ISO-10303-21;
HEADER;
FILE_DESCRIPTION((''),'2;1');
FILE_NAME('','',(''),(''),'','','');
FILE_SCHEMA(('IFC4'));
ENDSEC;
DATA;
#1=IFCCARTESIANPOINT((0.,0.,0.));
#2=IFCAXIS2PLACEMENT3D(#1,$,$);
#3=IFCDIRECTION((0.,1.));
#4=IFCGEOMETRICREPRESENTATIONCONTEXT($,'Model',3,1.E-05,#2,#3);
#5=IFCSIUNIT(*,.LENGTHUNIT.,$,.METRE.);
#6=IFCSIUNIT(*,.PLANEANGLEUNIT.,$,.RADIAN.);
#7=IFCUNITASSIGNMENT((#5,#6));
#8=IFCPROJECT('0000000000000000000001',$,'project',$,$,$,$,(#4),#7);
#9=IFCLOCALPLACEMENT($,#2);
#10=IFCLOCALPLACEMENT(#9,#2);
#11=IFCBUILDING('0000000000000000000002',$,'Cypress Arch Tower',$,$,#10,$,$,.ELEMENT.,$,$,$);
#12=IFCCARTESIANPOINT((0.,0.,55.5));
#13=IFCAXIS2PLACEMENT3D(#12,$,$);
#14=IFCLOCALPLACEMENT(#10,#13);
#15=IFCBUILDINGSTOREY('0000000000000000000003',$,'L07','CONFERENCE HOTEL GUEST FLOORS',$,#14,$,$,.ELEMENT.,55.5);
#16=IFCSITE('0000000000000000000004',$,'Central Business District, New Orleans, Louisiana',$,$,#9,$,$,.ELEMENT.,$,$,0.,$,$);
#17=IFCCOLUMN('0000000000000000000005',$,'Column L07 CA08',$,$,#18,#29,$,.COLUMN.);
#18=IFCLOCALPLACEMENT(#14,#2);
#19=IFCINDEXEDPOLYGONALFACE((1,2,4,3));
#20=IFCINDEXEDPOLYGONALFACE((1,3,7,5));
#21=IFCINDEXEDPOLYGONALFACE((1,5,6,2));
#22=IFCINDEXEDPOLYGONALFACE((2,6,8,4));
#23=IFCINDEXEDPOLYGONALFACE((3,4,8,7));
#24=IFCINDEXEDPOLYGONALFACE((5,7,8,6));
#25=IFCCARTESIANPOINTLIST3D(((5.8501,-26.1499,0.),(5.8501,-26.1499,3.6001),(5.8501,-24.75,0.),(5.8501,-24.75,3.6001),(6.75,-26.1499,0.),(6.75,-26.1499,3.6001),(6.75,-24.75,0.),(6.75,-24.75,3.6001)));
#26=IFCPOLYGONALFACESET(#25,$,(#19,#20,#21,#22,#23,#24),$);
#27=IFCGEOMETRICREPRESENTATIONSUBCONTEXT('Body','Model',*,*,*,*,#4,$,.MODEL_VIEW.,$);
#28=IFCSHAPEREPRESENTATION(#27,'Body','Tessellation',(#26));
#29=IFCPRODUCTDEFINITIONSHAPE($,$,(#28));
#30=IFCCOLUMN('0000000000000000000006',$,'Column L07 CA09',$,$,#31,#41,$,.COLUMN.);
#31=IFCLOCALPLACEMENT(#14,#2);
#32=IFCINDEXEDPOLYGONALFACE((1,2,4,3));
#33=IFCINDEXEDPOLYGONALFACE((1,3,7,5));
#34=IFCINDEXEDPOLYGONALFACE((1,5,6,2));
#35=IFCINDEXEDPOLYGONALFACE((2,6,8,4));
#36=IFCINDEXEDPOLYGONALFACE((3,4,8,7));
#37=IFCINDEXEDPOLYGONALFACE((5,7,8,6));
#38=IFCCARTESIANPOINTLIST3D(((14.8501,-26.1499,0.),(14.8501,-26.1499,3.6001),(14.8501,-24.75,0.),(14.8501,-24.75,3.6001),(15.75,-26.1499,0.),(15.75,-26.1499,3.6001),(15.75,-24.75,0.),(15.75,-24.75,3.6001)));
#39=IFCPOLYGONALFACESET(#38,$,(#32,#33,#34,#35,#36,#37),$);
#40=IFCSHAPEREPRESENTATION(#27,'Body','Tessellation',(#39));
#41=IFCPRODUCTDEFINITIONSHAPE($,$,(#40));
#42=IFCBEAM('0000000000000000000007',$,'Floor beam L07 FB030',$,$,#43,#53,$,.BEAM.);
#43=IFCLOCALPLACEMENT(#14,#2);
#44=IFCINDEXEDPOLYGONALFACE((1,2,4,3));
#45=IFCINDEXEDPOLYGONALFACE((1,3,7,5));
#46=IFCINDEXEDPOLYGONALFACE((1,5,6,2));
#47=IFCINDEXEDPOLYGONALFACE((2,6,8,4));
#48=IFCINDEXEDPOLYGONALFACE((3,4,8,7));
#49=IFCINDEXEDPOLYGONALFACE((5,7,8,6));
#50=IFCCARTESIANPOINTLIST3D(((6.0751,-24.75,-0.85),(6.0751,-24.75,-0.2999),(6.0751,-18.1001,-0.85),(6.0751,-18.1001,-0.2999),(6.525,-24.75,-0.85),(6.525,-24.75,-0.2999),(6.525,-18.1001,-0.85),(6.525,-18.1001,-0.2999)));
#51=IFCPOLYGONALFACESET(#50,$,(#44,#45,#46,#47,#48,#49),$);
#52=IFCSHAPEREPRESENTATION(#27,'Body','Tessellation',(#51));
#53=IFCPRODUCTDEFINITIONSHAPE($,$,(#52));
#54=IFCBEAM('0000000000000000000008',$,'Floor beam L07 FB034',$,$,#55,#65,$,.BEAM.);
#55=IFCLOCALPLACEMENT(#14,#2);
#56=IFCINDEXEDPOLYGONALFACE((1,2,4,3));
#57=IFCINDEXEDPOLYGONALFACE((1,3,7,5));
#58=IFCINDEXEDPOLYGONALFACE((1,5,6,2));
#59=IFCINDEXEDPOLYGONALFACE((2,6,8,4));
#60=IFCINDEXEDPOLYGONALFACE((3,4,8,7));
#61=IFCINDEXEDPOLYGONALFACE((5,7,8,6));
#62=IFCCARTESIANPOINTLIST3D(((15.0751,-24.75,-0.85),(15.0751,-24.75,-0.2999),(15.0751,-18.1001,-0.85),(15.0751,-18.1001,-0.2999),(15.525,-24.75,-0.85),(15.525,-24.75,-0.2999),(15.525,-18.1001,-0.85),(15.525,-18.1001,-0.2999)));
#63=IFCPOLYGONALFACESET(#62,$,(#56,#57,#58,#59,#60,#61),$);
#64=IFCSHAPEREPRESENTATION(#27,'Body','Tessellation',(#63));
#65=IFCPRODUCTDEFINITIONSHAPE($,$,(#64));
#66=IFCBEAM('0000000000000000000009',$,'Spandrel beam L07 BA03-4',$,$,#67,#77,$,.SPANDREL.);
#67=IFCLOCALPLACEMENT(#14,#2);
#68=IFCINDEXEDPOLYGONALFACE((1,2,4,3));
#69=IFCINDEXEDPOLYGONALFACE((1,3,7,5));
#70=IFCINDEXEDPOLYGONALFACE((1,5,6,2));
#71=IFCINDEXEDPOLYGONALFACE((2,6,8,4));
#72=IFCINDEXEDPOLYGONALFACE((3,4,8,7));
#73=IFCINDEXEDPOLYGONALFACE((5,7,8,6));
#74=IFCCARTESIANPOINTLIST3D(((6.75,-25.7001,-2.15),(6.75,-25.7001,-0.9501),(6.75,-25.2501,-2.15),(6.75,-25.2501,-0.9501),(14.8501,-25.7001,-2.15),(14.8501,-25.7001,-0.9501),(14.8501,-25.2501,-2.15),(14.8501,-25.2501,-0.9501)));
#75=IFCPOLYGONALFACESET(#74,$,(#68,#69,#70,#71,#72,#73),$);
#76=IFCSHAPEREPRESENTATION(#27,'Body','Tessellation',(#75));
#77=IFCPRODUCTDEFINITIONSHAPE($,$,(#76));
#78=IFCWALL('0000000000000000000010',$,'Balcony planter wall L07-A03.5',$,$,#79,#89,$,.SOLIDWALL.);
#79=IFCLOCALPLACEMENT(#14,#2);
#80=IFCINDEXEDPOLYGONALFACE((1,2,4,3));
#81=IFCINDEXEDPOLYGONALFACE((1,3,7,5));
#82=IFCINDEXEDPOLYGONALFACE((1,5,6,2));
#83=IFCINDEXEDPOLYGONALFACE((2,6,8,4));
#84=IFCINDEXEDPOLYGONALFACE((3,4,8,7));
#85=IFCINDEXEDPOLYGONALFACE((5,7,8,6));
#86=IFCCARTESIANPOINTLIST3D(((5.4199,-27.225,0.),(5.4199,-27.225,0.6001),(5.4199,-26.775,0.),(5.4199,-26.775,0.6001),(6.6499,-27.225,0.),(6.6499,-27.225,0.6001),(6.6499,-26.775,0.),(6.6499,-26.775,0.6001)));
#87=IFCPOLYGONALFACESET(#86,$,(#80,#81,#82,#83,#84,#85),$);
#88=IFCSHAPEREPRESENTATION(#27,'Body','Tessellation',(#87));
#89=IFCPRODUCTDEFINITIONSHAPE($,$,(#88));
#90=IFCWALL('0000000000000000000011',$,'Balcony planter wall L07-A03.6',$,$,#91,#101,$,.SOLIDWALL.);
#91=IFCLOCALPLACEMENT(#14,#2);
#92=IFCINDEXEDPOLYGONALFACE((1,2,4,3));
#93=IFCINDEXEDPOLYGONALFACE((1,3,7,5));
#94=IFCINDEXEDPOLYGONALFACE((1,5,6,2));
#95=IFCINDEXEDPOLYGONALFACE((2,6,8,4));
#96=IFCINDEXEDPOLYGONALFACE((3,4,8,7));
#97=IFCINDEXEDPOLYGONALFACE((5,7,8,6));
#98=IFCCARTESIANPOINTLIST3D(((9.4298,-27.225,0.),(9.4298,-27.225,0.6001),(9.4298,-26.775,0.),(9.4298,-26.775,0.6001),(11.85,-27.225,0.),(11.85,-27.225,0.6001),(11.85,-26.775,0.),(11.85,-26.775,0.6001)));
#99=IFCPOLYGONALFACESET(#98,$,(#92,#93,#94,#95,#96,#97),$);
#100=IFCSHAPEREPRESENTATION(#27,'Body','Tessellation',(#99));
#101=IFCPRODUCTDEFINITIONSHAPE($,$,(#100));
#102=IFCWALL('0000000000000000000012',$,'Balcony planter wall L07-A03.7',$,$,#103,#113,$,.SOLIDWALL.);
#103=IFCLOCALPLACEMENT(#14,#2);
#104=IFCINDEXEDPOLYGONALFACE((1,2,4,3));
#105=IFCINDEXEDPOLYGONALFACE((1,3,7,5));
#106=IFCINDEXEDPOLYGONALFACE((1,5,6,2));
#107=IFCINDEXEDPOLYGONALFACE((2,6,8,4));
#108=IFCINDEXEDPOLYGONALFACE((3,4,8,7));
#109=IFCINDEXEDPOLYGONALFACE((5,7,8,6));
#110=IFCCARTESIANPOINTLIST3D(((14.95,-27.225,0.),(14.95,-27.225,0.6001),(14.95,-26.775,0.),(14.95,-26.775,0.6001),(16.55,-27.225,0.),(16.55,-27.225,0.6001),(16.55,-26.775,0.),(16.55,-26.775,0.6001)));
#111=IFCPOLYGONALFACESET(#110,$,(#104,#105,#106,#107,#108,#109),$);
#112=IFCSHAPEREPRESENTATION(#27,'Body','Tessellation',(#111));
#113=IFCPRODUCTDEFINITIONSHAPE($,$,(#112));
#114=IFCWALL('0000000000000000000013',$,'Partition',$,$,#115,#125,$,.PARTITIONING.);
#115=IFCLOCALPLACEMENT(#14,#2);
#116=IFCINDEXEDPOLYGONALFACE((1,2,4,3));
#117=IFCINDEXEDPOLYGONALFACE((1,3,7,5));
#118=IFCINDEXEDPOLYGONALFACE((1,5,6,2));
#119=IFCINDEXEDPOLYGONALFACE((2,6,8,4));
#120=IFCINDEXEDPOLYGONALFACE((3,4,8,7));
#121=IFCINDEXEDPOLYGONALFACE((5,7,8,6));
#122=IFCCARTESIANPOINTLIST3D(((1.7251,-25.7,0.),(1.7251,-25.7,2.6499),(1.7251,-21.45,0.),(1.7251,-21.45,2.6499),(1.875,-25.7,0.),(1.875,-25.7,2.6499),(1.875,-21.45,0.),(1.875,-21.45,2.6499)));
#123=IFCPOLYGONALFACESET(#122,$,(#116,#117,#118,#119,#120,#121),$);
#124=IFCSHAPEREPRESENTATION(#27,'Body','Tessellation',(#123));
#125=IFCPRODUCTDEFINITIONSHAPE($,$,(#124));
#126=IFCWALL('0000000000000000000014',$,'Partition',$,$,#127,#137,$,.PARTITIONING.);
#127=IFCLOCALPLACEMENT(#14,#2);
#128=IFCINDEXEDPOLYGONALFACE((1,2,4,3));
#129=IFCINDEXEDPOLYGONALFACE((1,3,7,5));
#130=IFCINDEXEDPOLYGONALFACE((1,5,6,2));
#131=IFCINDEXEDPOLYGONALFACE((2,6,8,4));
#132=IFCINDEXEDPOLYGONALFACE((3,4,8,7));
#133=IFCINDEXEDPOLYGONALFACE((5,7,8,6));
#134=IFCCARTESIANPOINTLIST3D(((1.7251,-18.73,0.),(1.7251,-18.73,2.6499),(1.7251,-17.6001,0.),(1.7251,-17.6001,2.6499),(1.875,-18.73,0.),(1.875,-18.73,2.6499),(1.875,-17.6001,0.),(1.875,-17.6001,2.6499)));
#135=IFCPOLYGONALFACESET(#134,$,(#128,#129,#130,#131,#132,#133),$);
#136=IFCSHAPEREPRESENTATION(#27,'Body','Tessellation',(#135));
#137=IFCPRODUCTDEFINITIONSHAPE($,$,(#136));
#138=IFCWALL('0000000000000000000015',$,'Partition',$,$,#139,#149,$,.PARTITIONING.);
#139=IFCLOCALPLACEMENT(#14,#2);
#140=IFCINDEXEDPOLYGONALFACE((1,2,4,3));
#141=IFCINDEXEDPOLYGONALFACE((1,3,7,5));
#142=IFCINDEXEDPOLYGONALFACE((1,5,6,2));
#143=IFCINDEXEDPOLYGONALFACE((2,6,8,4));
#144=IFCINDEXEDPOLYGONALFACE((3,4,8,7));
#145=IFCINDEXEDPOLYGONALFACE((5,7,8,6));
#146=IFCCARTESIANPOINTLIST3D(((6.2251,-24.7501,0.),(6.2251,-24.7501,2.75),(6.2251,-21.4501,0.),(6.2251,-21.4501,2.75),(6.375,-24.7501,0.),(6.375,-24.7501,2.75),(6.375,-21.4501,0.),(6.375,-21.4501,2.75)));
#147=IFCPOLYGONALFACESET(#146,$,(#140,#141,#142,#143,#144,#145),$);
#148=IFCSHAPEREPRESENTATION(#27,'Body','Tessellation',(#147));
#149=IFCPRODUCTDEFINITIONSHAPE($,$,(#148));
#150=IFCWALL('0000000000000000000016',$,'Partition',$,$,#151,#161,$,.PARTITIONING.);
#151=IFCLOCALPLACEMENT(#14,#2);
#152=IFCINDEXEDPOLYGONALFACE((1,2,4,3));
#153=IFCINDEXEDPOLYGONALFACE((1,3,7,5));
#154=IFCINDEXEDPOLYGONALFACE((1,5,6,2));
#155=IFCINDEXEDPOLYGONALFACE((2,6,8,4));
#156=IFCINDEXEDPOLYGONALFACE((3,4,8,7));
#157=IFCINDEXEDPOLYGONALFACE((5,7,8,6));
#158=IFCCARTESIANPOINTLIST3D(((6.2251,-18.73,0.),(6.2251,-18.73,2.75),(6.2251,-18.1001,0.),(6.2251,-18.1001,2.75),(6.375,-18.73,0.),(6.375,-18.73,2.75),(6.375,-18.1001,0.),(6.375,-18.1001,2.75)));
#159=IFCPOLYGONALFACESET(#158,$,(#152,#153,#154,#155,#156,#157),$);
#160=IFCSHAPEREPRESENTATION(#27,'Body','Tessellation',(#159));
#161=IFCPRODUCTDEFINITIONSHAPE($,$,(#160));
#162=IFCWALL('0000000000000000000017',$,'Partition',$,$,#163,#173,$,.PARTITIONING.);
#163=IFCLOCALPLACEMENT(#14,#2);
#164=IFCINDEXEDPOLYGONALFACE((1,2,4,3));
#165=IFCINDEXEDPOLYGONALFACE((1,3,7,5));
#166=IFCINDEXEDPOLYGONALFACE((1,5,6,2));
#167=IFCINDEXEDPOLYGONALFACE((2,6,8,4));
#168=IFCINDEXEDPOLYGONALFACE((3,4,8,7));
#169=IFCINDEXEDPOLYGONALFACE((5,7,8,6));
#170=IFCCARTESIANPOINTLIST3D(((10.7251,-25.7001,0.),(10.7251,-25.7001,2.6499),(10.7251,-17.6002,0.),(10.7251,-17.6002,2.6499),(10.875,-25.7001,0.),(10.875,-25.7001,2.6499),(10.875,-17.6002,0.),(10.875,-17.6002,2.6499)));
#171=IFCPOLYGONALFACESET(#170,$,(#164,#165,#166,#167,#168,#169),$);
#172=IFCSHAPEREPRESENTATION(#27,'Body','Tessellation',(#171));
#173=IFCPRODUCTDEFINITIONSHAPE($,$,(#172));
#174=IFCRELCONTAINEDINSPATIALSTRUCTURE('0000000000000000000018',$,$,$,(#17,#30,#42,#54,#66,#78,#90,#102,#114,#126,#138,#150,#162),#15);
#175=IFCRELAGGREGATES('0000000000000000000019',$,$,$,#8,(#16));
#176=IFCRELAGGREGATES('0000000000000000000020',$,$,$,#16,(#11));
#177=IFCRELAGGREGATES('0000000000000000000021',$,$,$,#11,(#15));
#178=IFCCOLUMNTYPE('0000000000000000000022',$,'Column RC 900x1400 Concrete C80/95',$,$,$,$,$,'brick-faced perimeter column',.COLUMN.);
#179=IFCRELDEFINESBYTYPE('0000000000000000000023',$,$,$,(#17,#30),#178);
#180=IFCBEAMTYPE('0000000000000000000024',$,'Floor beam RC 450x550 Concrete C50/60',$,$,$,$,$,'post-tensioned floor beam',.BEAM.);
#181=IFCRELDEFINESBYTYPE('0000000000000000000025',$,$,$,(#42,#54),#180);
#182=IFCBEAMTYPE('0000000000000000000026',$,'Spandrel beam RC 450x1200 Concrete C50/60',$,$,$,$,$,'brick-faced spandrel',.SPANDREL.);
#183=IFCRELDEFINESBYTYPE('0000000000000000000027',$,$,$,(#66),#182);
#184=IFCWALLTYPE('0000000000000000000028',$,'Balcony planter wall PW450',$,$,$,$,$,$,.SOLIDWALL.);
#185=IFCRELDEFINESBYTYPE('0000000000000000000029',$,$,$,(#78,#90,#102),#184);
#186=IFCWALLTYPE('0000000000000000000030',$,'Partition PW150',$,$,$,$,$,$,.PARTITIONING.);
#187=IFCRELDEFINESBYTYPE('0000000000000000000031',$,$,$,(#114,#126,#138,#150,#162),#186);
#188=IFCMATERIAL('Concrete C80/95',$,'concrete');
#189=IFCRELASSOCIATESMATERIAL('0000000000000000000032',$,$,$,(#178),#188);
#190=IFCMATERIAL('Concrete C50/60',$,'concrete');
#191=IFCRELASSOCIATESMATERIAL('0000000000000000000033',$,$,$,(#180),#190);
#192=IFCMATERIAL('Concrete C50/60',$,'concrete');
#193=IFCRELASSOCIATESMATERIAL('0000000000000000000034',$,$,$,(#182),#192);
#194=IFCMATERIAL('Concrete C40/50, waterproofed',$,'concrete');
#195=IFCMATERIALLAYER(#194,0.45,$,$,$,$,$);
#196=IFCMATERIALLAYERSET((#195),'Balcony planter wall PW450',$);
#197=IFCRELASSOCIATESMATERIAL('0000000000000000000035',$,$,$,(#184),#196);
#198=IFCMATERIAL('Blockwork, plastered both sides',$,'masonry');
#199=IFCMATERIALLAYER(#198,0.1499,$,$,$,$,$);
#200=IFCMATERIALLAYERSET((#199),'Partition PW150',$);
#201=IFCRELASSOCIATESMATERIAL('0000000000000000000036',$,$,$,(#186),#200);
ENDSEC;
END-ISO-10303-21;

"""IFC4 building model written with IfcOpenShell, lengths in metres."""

from ifc_helpers import new_model, si_unit, direction, frame, frame_2d, origin, origin_2d, place, context, subcontext, project, spatial, rectangle, extrude, material, layer, layer_set, material_profile, profile_set, type_object, element, save


model = new_model("IFC4")

# Units and contexts
model_context = context("Model", 3, precision=1e-05, world=origin(), true_north=direction((0.0, 1.0)))
body_context = subcontext(model_context, "Body", "Model", "MODEL_VIEW")
ifc_project = project(units=[si_unit("LENGTHUNIT", "METRE"), si_unit("PLANEANGLEUNIT", "RADIAN")], contexts=[model_context])

# Site, building, storey
site_placement = place(None, origin())
site = spatial("IfcSite", under=ifc_project, at=site_placement, Name="Central Business District, New Orleans, Louisiana", CompositionType="ELEMENT", RefElevation=0.0)
building_placement = place(site_placement, origin())
building = spatial("IfcBuilding", under=site, at=building_placement, Name="Cypress Arch Tower", CompositionType="ELEMENT")
storey_placement = place(building_placement, frame((0.0, 0.0, 55.5)))
storey = spatial("IfcBuildingStorey", under=building, at=storey_placement, Name="L07", Description="CONFERENCE HOTEL GUEST FLOORS", CompositionType="ELEMENT", Elevation=55.5)

# Columns
ifc_material_1 = material(Name="Concrete C80/95", Category="concrete")
ifc_material_profile_1 = material_profile(ifc_material_1, rectangle(XDim=0.8999, YDim=1.3999, at=origin_2d()), Name="RC 900x1400")
ifc_profile_set_1 = profile_set([ifc_material_profile_1], Name="Concrete C80/95")
column_type = type_object("IfcColumnType", Name="Column RC 900x1400 Concrete C80/95", ElementType="brick-faced perimeter column", PredefinedType="COLUMN", material=ifc_profile_set_1)
for number, where, z_axis, x_axis, name in (
    (1, (6.3, -25.45, 0.0), (0.0, 0.0, 1.0), (1.0, 0.0, 0.0), "Column L07 CA08"),
    (2, (15.3, -25.45, 0.0), (0.0, 0.0, 1.0), (1.0, 0.0, 0.0), "Column L07 CA09"),
):
    element("IfcColumn", number, at=place(storey_placement, frame(where, z_axis=z_axis, x_axis=x_axis)), inside=storey, type_object=column_type, Name=name, PredefinedType="COLUMN", context=body_context, shape_type="SweptSolid", body=[
        extrude(rectangle(XDim=0.8999, YDim=1.3999, at=origin_2d()), origin(), (0.0, 0.0, 1.0), 3.6001),
    ])

# Beams
ifc_material_2 = material(Name="Concrete C50/60", Category="concrete")
ifc_material_profile_2 = material_profile(ifc_material_2, rectangle(XDim=0.45, YDim=0.55, at=origin_2d()), Name="RC 450x550")
ifc_profile_set_2 = profile_set([ifc_material_profile_2], Name="Concrete C50/60")
beam_type_1 = type_object("IfcBeamType", Name="Floor beam RC 450x550 Concrete C50/60", ElementType="post-tensioned floor beam", PredefinedType="BEAM", material=ifc_profile_set_2)
for number, where, z_axis, x_axis, name in (
    (3, (6.3, -24.75, -0.575), (0.0, 1.0, 0.0), (-1.0, 0.0, 0.0), "Floor beam L07 FB030"),
    (4, (15.3, -24.75, -0.575), (0.0, 1.0, 0.0), (-1.0, 0.0, 0.0), "Floor beam L07 FB034"),
):
    element("IfcBeam", number, at=place(storey_placement, frame(where, z_axis=z_axis, x_axis=x_axis)), inside=storey, type_object=beam_type_1, Name=name, PredefinedType="BEAM", context=body_context, shape_type="SweptSolid", body=[
        extrude(rectangle(XDim=0.45, YDim=0.55, at=origin_2d()), origin(), (0.0, 0.0, 1.0), 6.6499),
    ])
ifc_material_3 = material(Name="Concrete C50/60", Category="concrete")
ifc_material_profile_3 = material_profile(ifc_material_3, rectangle(XDim=0.45, YDim=1.2, at=origin_2d()), Name="RC 450x1200")
ifc_profile_set_3 = profile_set([ifc_material_profile_3], Name="Concrete C50/60")
beam_type_2 = type_object("IfcBeamType", Name="Spandrel beam RC 450x1200 Concrete C50/60", ElementType="brick-faced spandrel", PredefinedType="SPANDREL", material=ifc_profile_set_3)
beam_placement = place(storey_placement, frame((6.75, -25.4751, -1.55), z_axis=(1.0, 0.0, 0.0), x_axis=(0.0, 1.0, 0.0)))
element("IfcBeam", 5, at=beam_placement, inside=storey, type_object=beam_type_2, Name="Spandrel beam L07 BA03-4", PredefinedType="SPANDREL", context=body_context, shape_type="SweptSolid", body=[
    extrude(rectangle(XDim=0.45, YDim=1.2, at=origin_2d()), origin(), (0.0, 0.0, 1.0), 8.1001),
])

# Walls
ifc_material_4 = material(Name="Concrete C40/50, waterproofed", Category="concrete")
ifc_layer_1 = layer(ifc_material_4, 0.45)
ifc_layer_set_1 = layer_set([ifc_layer_1], Name="Balcony planter wall PW450")
wall_type_1 = type_object("IfcWallType", Name="Balcony planter wall PW450", PredefinedType="SOLIDWALL", material=ifc_layer_set_1)
wall_1_placement = place(storey_placement, frame((5.4199, -27.0, 0.0), z_axis=(0.0, 0.0, 1.0), x_axis=(1.0, 0.0, 0.0)))
element("IfcWall", 6, at=wall_1_placement, inside=storey, type_object=wall_type_1, Name="Balcony planter wall L07-A03.5", PredefinedType="SOLIDWALL", context=body_context, shape_type="SweptSolid", body=[
    extrude(rectangle(XDim=1.23, YDim=0.45, at=frame_2d((0.615, 0.0))), origin(), (0.0, 0.0, 1.0), 0.6001),
])
wall_2_placement = place(storey_placement, frame((9.4299, -27.0, 0.0), z_axis=(0.0, 0.0, 1.0), x_axis=(1.0, 0.0, 0.0)))
element("IfcWall", 7, at=wall_2_placement, inside=storey, type_object=wall_type_1, Name="Balcony planter wall L07-A03.6", PredefinedType="SOLIDWALL", context=body_context, shape_type="SweptSolid", body=[
    extrude(rectangle(XDim=2.4202, YDim=0.45, at=frame_2d((1.21, 0.0))), origin(), (0.0, 0.0, 1.0), 0.6001),
])
wall_3_placement = place(storey_placement, frame((14.95, -27.0, 0.0), z_axis=(0.0, 0.0, 1.0), x_axis=(1.0, 0.0, 0.0)))
element("IfcWall", 8, at=wall_3_placement, inside=storey, type_object=wall_type_1, Name="Balcony planter wall L07-A03.7", PredefinedType="SOLIDWALL", context=body_context, shape_type="SweptSolid", body=[
    extrude(rectangle(XDim=1.6001, YDim=0.45, at=frame_2d((0.8, 0.0))), origin(), (0.0, 0.0, 1.0), 0.6001),
])

# Walls
ifc_material_5 = material(Name="Blockwork, plastered both sides", Category="masonry")
ifc_layer_2 = layer(ifc_material_5, 0.1499)
ifc_layer_set_2 = layer_set([ifc_layer_2], Name="Partition PW150")
wall_type_2 = type_object("IfcWallType", Name="Partition PW150", PredefinedType="PARTITIONING", material=ifc_layer_set_2)
wall_4_placement = place(storey_placement, frame((1.8, -25.7, 0.0), z_axis=(0.0, 0.0, 1.0), x_axis=(0.0, 1.0, 0.0)))
element("IfcWall", 9, at=wall_4_placement, inside=storey, type_object=wall_type_2, Name="Partition", PredefinedType="PARTITIONING", context=body_context, shape_type="SweptSolid", body=[
    extrude(rectangle(XDim=4.25, YDim=0.1499, at=frame_2d((2.125, 0.0))), origin(), (0.0, 0.0, 1.0), 2.6499),
])
wall_5_placement = place(storey_placement, frame((1.8, -18.73, 0.0), z_axis=(0.0, 0.0, 1.0), x_axis=(0.0, 1.0, 0.0)))
element("IfcWall", 10, at=wall_5_placement, inside=storey, type_object=wall_type_2, Name="Partition", PredefinedType="PARTITIONING", context=body_context, shape_type="SweptSolid", body=[
    extrude(rectangle(XDim=1.1299, YDim=0.1499, at=frame_2d((0.5649, 0.0))), origin(), (0.0, 0.0, 1.0), 2.6499),
])
wall_6_placement = place(storey_placement, frame((6.3, -24.75, 0.0), z_axis=(0.0, 0.0, 1.0), x_axis=(0.0, 1.0, 0.0)))
element("IfcWall", 11, at=wall_6_placement, inside=storey, type_object=wall_type_2, Name="Partition", PredefinedType="PARTITIONING", context=body_context, shape_type="SweptSolid", body=[
    extrude(rectangle(XDim=3.3, YDim=0.1499, at=frame_2d((1.6499, 0.0))), origin(), (0.0, 0.0, 1.0), 2.75),
])
wall_7_placement = place(storey_placement, frame((6.3, -18.73, 0.0), z_axis=(0.0, 0.0, 1.0), x_axis=(0.0, 1.0, 0.0)))
element("IfcWall", 12, at=wall_7_placement, inside=storey, type_object=wall_type_2, Name="Partition", PredefinedType="PARTITIONING", context=body_context, shape_type="SweptSolid", body=[
    extrude(rectangle(XDim=0.6299, YDim=0.1499, at=frame_2d((0.3149, 0.0))), origin(), (0.0, 0.0, 1.0), 2.75),
])
wall_8_placement = place(storey_placement, frame((10.8, -25.7, 0.0), z_axis=(0.0, 0.0, 1.0), x_axis=(0.0, 1.0, 0.0)))
element("IfcWall", 13, at=wall_8_placement, inside=storey, type_object=wall_type_2, Name="Partition", PredefinedType="PARTITIONING", context=body_context, shape_type="SweptSolid", body=[
    extrude(rectangle(XDim=8.0999, YDim=0.1499, at=frame_2d((4.0498, 0.0))), origin(), (0.0, 0.0, 1.0), 2.6499),
])

save(model, "model.ifc")
